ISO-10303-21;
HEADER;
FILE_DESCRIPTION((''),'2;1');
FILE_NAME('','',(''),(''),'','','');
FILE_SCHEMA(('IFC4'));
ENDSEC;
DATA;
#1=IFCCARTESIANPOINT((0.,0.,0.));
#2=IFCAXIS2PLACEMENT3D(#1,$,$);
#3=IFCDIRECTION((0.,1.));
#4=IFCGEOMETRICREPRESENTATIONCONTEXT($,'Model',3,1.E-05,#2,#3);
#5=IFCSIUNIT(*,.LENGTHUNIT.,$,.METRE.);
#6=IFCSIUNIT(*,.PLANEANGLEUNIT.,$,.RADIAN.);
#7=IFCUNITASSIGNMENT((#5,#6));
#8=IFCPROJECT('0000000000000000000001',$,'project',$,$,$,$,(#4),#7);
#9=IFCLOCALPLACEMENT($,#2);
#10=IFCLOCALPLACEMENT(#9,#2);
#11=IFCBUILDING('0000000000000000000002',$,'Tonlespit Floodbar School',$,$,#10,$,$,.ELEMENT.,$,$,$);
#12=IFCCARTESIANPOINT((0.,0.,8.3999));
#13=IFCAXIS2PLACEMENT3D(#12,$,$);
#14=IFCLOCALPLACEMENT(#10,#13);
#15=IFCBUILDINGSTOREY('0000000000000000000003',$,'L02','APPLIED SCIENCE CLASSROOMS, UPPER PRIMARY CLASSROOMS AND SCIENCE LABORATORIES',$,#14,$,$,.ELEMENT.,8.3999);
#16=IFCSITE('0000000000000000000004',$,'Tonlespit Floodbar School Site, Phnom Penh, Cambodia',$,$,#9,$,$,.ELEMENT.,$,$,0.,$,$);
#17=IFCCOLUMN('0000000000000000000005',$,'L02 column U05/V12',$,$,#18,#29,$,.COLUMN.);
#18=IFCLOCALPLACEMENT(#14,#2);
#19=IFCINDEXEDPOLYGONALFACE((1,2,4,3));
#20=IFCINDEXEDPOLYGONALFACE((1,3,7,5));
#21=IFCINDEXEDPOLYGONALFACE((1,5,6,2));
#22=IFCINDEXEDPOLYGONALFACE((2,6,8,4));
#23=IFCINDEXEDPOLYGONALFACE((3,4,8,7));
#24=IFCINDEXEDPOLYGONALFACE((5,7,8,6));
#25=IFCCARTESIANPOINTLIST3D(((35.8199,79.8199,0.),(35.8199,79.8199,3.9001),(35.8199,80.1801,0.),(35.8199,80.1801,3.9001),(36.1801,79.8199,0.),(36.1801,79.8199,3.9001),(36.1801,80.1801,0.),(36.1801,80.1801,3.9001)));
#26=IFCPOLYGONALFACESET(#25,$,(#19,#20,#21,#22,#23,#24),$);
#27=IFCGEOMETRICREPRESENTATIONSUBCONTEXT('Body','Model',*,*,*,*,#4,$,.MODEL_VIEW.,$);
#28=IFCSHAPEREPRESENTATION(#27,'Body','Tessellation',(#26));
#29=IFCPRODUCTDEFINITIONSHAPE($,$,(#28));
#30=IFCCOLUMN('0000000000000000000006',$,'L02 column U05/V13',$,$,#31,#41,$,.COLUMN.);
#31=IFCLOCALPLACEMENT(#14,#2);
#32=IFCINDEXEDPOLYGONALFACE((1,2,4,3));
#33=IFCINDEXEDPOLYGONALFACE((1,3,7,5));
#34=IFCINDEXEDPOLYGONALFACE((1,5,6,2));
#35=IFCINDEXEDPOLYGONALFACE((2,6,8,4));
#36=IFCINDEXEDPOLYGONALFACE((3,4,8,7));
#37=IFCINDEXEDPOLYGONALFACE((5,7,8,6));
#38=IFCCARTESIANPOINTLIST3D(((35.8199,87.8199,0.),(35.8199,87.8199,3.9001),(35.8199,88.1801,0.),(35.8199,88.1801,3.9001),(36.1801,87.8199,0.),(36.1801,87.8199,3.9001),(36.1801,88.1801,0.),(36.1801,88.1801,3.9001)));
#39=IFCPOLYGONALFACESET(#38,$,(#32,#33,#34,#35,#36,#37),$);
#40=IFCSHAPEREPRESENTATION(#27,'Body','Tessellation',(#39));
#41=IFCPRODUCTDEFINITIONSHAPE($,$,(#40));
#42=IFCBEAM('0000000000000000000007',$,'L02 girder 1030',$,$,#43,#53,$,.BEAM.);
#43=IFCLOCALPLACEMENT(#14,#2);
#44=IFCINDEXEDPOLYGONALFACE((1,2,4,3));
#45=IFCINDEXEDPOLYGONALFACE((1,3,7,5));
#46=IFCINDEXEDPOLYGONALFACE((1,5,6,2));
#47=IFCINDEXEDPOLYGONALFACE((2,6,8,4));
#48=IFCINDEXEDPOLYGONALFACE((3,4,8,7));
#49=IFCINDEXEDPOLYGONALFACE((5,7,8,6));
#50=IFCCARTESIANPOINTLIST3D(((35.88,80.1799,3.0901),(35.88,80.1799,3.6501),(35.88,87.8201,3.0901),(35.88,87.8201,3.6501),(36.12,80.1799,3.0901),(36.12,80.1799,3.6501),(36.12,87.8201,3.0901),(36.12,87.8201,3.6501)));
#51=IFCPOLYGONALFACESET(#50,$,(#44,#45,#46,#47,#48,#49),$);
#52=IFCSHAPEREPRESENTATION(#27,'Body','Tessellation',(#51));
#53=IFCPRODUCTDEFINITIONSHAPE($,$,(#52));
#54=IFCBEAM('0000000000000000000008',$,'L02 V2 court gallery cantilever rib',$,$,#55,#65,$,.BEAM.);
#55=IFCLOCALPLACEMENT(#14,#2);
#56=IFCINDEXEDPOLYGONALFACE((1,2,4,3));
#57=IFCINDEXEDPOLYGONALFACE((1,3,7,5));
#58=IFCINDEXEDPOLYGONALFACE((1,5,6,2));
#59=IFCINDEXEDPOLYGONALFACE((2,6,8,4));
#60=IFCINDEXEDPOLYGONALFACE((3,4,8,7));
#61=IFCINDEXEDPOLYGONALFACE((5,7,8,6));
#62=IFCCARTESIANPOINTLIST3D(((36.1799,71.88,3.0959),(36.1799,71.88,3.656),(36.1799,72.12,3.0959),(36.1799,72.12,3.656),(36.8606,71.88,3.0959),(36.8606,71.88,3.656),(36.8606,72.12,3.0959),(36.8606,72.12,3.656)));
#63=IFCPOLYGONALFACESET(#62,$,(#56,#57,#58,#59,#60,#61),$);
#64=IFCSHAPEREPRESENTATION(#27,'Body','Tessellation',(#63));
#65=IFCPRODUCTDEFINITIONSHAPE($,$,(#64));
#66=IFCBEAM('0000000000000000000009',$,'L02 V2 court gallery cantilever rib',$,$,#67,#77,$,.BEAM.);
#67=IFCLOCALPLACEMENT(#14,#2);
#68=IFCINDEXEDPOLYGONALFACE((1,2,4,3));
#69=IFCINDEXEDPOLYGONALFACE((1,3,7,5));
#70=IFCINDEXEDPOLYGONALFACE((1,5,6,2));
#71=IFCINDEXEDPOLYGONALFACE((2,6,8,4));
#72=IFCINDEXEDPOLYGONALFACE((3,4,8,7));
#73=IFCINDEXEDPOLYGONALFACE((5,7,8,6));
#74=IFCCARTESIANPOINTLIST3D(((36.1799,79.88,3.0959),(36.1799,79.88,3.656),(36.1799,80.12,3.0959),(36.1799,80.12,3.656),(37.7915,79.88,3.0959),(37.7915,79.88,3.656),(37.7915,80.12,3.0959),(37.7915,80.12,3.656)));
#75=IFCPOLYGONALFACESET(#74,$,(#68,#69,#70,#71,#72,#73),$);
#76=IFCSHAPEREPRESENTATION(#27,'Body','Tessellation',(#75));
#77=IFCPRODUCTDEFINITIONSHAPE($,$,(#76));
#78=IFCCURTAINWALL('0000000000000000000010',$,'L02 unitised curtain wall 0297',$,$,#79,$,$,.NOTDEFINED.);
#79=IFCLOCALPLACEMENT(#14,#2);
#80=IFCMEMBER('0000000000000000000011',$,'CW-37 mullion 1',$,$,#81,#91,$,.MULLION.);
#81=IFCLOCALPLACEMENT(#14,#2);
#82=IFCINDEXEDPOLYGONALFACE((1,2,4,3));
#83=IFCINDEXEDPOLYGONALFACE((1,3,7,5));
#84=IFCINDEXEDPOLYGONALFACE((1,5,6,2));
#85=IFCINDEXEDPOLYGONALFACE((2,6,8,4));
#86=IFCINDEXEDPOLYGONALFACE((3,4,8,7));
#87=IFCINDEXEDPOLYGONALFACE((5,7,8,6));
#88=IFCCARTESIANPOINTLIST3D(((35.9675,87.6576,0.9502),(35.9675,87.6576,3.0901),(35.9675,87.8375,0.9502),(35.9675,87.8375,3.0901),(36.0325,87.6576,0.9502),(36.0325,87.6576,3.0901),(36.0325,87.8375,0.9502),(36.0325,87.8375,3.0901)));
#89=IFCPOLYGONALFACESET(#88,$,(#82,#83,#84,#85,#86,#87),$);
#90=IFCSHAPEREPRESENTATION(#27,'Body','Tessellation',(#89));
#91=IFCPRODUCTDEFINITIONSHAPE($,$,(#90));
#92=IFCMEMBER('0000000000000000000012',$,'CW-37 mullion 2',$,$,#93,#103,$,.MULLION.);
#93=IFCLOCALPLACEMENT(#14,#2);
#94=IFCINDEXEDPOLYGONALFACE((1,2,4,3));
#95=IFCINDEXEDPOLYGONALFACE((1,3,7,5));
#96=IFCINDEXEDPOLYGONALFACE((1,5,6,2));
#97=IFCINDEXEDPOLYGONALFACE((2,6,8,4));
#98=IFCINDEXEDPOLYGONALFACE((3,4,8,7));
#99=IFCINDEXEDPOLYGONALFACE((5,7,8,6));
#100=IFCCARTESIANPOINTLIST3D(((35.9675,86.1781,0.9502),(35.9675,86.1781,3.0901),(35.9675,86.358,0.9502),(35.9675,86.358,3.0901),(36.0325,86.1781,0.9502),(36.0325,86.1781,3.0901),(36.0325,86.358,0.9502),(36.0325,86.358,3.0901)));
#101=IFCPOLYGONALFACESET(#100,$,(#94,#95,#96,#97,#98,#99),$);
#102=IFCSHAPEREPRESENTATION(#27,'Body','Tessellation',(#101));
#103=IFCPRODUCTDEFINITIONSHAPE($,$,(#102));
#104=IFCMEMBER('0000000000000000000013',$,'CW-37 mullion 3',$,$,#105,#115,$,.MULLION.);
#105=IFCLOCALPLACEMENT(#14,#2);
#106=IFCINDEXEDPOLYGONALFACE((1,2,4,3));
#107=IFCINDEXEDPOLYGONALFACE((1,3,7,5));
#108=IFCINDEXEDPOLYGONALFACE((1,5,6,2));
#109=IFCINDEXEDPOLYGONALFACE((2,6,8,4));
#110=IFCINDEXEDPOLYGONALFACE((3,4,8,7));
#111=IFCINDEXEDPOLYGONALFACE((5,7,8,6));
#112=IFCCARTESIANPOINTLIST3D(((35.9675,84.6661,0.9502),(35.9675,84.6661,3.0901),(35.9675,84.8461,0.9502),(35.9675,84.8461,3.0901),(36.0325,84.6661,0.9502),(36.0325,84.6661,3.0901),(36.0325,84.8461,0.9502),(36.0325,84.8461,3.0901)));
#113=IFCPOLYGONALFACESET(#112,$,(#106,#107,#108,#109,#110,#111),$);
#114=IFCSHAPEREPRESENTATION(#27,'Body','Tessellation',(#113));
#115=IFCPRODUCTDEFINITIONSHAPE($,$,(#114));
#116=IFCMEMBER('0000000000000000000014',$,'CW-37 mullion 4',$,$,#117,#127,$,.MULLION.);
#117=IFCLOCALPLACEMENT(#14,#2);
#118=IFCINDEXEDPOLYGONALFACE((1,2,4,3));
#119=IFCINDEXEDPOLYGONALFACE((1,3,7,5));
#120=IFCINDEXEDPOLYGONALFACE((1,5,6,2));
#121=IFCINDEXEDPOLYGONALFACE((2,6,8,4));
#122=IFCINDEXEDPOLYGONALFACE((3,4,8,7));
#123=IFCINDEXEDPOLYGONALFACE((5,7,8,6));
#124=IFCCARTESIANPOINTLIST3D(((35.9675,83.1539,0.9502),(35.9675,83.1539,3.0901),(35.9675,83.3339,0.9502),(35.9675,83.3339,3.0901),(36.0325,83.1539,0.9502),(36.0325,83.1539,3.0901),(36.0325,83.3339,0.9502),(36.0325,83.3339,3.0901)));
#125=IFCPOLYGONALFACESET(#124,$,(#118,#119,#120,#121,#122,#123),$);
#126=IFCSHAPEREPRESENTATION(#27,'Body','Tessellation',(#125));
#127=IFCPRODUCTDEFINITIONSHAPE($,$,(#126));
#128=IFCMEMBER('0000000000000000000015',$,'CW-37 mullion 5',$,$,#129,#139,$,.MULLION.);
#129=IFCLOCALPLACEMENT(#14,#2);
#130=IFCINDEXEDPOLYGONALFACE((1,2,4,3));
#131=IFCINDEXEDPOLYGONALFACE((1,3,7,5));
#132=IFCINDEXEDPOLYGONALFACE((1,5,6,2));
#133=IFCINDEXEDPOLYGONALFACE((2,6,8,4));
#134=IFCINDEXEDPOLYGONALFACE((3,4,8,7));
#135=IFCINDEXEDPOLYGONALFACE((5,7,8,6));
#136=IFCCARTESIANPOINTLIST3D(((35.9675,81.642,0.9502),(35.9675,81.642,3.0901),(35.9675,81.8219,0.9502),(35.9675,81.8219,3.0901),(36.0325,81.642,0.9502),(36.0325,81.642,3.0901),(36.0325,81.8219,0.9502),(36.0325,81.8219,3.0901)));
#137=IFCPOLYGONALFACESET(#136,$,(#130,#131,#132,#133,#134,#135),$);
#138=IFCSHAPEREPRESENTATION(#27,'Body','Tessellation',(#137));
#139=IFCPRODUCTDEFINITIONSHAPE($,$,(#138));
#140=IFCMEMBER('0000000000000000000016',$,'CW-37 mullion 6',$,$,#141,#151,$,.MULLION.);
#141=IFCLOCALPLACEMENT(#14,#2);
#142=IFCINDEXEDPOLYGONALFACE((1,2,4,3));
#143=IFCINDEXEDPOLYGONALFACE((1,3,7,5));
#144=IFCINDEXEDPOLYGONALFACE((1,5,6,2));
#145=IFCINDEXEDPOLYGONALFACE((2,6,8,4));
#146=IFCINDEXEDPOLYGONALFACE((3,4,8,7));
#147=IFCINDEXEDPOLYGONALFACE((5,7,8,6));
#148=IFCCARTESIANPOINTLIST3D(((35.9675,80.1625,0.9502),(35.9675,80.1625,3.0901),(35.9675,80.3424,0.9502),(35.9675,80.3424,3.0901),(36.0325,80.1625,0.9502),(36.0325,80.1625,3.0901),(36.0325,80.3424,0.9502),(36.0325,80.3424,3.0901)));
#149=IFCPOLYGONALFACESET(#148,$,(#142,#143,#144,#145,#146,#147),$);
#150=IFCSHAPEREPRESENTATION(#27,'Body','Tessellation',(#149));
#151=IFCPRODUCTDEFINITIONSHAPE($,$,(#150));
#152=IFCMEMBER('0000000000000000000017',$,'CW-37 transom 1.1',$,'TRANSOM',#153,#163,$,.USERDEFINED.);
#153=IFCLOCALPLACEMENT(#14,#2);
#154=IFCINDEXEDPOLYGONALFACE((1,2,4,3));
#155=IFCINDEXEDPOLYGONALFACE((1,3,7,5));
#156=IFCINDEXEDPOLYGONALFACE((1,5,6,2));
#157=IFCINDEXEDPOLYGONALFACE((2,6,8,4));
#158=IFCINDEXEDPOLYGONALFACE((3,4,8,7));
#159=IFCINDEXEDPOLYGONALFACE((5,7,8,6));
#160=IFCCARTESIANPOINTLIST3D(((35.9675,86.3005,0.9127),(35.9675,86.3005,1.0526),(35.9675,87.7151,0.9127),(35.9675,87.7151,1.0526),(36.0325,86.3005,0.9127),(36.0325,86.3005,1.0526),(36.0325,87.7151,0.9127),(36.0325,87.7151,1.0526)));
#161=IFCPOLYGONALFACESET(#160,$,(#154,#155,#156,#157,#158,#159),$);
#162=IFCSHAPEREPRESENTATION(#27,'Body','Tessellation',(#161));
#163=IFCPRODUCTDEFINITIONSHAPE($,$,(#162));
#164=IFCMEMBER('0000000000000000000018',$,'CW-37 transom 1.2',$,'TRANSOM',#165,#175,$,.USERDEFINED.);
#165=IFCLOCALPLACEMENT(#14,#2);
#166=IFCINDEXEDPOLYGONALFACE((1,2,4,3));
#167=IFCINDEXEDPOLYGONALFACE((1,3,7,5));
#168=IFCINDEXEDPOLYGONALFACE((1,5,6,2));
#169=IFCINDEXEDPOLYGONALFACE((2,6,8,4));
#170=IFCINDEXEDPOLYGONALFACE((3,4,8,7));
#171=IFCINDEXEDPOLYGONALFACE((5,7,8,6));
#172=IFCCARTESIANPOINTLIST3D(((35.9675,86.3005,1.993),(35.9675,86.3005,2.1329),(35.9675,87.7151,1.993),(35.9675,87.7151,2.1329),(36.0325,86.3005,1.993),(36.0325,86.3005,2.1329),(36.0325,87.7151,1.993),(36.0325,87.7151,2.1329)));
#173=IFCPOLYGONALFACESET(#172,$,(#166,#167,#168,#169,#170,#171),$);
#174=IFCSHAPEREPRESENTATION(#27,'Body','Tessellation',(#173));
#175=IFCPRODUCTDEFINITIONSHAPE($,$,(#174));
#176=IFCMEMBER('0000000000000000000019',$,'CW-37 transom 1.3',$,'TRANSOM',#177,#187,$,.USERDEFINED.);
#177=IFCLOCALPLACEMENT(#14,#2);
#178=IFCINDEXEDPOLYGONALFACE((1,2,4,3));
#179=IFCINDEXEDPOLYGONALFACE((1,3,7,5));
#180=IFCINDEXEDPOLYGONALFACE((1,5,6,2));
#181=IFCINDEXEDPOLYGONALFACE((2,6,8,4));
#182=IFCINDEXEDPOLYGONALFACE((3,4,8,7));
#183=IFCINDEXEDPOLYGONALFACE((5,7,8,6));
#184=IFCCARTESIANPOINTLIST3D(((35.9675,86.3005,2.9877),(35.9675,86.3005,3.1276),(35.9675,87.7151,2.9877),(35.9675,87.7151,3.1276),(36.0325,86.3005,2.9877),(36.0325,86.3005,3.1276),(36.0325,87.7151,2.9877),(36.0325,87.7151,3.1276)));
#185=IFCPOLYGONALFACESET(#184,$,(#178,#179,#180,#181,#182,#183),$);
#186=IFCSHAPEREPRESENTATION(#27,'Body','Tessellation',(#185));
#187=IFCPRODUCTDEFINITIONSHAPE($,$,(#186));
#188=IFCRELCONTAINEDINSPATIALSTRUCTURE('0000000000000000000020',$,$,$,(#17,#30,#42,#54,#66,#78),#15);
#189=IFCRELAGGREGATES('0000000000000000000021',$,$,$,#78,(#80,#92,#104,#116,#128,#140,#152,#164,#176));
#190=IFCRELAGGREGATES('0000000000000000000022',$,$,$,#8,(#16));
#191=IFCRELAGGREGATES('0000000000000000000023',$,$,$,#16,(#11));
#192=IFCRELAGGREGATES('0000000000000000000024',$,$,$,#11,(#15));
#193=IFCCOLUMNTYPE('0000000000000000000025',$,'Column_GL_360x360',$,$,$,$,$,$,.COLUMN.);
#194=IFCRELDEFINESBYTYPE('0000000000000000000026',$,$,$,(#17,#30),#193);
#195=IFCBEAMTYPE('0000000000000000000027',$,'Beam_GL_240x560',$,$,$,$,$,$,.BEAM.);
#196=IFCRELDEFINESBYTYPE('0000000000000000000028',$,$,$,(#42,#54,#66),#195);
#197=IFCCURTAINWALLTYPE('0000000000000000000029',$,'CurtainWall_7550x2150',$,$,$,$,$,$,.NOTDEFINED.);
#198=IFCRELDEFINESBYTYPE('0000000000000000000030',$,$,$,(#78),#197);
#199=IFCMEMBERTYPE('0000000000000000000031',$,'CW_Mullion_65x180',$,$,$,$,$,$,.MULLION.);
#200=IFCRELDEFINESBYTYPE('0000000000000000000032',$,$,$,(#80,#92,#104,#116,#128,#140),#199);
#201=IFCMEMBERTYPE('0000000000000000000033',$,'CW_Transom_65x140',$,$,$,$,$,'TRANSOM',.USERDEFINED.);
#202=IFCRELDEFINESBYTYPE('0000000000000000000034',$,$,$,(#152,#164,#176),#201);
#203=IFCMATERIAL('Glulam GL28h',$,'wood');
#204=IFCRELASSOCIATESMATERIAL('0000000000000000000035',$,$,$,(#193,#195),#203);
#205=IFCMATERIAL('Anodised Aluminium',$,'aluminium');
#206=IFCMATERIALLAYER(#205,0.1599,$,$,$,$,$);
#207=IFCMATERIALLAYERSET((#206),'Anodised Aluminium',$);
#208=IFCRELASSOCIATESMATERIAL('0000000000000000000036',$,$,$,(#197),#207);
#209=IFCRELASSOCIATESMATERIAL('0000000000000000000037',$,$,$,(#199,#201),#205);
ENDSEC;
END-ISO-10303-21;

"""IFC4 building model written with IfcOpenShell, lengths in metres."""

from ifc_helpers import new_model, si_unit, direction, frame, origin, origin_2d, place, context, subcontext, project, spatial, rectangle, extrude, material, layer, layer_set, material_profile, profile_set, type_object, element, aggregate, save


model = new_model("IFC4")

# Units and contexts
model_context = context("Model", 3, precision=1e-05, world=origin(), true_north=direction((0.0, 1.0)))
body_context = subcontext(model_context, "Body", "Model", "MODEL_VIEW")
ifc_project = project(units=[si_unit("LENGTHUNIT", "METRE"), si_unit("PLANEANGLEUNIT", "RADIAN")], contexts=[model_context])

# Site, building, storey
site_placement = place(None, origin())
site = spatial("IfcSite", under=ifc_project, at=site_placement, Name="Tonlespit Floodbar School Site, Phnom Penh, Cambodia", CompositionType="ELEMENT", RefElevation=0.0)
building_placement = place(site_placement, origin())
building = spatial("IfcBuilding", under=site, at=building_placement, Name="Tonlespit Floodbar School", CompositionType="ELEMENT")
storey_placement = place(building_placement, frame((0.0, 0.0, 8.3999)))
storey = spatial("IfcBuildingStorey", under=building, at=storey_placement, Name="L02", Description="APPLIED SCIENCE CLASSROOMS, UPPER PRIMARY CLASSROOMS AND SCIENCE LABORATORIES", CompositionType="ELEMENT", Elevation=8.3999)

# Columns
ifc_material_1 = material(Name="Glulam GL28h", Category="wood")
ifc_material_profile_1 = material_profile(ifc_material_1, rectangle(XDim=0.3601, YDim=0.3601, at=origin_2d()), Name="GL 360x360")
ifc_profile_set_1 = profile_set([ifc_material_profile_1], Name="Glulam GL28h")
column_type = type_object("IfcColumnType", Name="Column_GL_360x360", PredefinedType="COLUMN", material=ifc_profile_set_1)
for number, where, z_axis, x_axis, name in (
    (1, (36.0, 80.0, 0.0), (0.0, 0.0, 1.0), (1.0, 0.0, 0.0), "L02 column U05/V12"),
    (2, (36.0, 88.0, 0.0), (0.0, 0.0, 1.0), (1.0, 0.0, 0.0), "L02 column U05/V13"),
):
    element("IfcColumn", number, at=place(storey_placement, frame(where, z_axis=z_axis, x_axis=x_axis)), inside=storey, type_object=column_type, Name=name, PredefinedType="COLUMN", context=body_context, shape_type="SweptSolid", body=[
        extrude(rectangle(XDim=0.3601, YDim=0.3601, at=origin_2d()), origin(), (0.0, 0.0, 1.0), 3.9001),
    ])

# Beams
ifc_material_profile_2 = material_profile(ifc_material_1, rectangle(XDim=0.24, YDim=0.5601, at=origin_2d()), Name="GL 240x560")
ifc_profile_set_2 = profile_set([ifc_material_profile_2], Name="Glulam GL28h")
beam_type = type_object("IfcBeamType", Name="Beam_GL_240x560", PredefinedType="BEAM", material=ifc_profile_set_2)
beam_1_placement = place(storey_placement, frame((36.0, 80.1799, 3.3701), z_axis=(0.0, 1.0, 0.0), x_axis=(-1.0, 0.0, 0.0)))
element("IfcBeam", 3, at=beam_1_placement, inside=storey, type_object=beam_type, Name="L02 girder 1030", PredefinedType="BEAM", context=body_context, shape_type="SweptSolid", body=[
    extrude(rectangle(XDim=0.24, YDim=0.5601, at=origin_2d()), origin(), (0.0, 0.0, 1.0), 7.6401),
])
beam_2_placement = place(storey_placement, frame((36.1799, 72.0, 3.376), z_axis=(1.0, 0.0, 0.0), x_axis=(0.0, 1.0, 0.0)))
element("IfcBeam", 4, at=beam_2_placement, inside=storey, type_object=beam_type, Name="L02 V2 court gallery cantilever rib", PredefinedType="BEAM", context=body_context, shape_type="SweptSolid", body=[
    extrude(rectangle(XDim=0.24, YDim=0.5601, at=origin_2d()), origin(), (0.0, 0.0, 1.0), 0.6807),
])
beam_3_placement = place(storey_placement, frame((36.1799, 80.0, 3.376), z_axis=(1.0, 0.0, 0.0), x_axis=(0.0, 1.0, 0.0)))
element("IfcBeam", 5, at=beam_3_placement, inside=storey, type_object=beam_type, Name="L02 V2 court gallery cantilever rib", PredefinedType="BEAM", context=body_context, shape_type="SweptSolid", body=[
    extrude(rectangle(XDim=0.24, YDim=0.5601, at=origin_2d()), origin(), (0.0, 0.0, 1.0), 1.6116),
])

# Curtain wall, members
ifc_material_2 = material(Name="Anodised Aluminium", Category="aluminium")
ifc_layer_1 = layer(ifc_material_2, 0.1599)
ifc_layer_set_1 = layer_set([ifc_layer_1], Name="Anodised Aluminium")
curtain_wall_type = type_object("IfcCurtainWallType", Name="CurtainWall_7550x2150", PredefinedType="NOTDEFINED", material=ifc_layer_set_1)
curtain_wall_placement = place(storey_placement, origin())
curtain_wall = element("IfcCurtainWall", 6, at=curtain_wall_placement, inside=storey, type_object=curtain_wall_type, Name="L02 unitised curtain wall 0297", PredefinedType="NOTDEFINED")
ifc_material_profile_3 = material_profile(ifc_material_2, rectangle(XDim=0.0649, YDim=0.1799, at=origin_2d()), Name="ALU M65x180")
ifc_profile_set_3 = profile_set([ifc_material_profile_3], Name="Anodised Aluminium")
member_type_1 = type_object("IfcMemberType", Name="CW_Mullion_65x180", PredefinedType="MULLION", material=ifc_profile_set_3)
member_1_placement = place(storey_placement, frame((36.0, 87.7476, 0.9502), z_axis=(0.0, 0.0, 1.0), x_axis=(1.0, 0.0, 0.0)))
member_1 = element("IfcMember", 7, at=member_1_placement, type_object=member_type_1, Name="CW-37 mullion 1", PredefinedType="MULLION", context=body_context, shape_type="SweptSolid", body=[
    extrude(rectangle(XDim=0.0649, YDim=0.1799, at=origin_2d()), origin(), (0.0, 0.0, 1.0), 2.1399),
])
member_2_placement = place(storey_placement, frame((36.0, 86.2681, 0.9502), z_axis=(0.0, 0.0, 1.0), x_axis=(1.0, 0.0, 0.0)))
member_2 = element("IfcMember", 8, at=member_2_placement, type_object=member_type_1, Name="CW-37 mullion 2", PredefinedType="MULLION", context=body_context, shape_type="SweptSolid", body=[
    extrude(rectangle(XDim=0.0649, YDim=0.1799, at=origin_2d()), origin(), (0.0, 0.0, 1.0), 2.1399),
])
member_3_placement = place(storey_placement, frame((36.0, 84.7561, 0.9502), z_axis=(0.0, 0.0, 1.0), x_axis=(1.0, 0.0, 0.0)))
member_3 = element("IfcMember", 9, at=member_3_placement, type_object=member_type_1, Name="CW-37 mullion 3", PredefinedType="MULLION", context=body_context, shape_type="SweptSolid", body=[
    extrude(rectangle(XDim=0.0649, YDim=0.1799, at=origin_2d()), origin(), (0.0, 0.0, 1.0), 2.1399),
])
member_4_placement = place(storey_placement, frame((36.0, 83.2439, 0.9502), z_axis=(0.0, 0.0, 1.0), x_axis=(1.0, 0.0, 0.0)))
member_4 = element("IfcMember", 10, at=member_4_placement, type_object=member_type_1, Name="CW-37 mullion 4", PredefinedType="MULLION", context=body_context, shape_type="SweptSolid", body=[
    extrude(rectangle(XDim=0.0649, YDim=0.1799, at=origin_2d()), origin(), (0.0, 0.0, 1.0), 2.1399),
])
member_5_placement = place(storey_placement, frame((36.0, 81.7319, 0.9502), z_axis=(0.0, 0.0, 1.0), x_axis=(1.0, 0.0, 0.0)))
member_5 = element("IfcMember", 11, at=member_5_placement, type_object=member_type_1, Name="CW-37 mullion 5", PredefinedType="MULLION", context=body_context, shape_type="SweptSolid", body=[
    extrude(rectangle(XDim=0.0649, YDim=0.1799, at=origin_2d()), origin(), (0.0, 0.0, 1.0), 2.1399),
])
member_6_placement = place(storey_placement, frame((36.0, 80.2524, 0.9502), z_axis=(0.0, 0.0, 1.0), x_axis=(1.0, 0.0, 0.0)))
member_6 = element("IfcMember", 12, at=member_6_placement, type_object=member_type_1, Name="CW-37 mullion 6", PredefinedType="MULLION", context=body_context, shape_type="SweptSolid", body=[
    extrude(rectangle(XDim=0.0649, YDim=0.1799, at=origin_2d()), origin(), (0.0, 0.0, 1.0), 2.1399),
])
ifc_material_profile_4 = material_profile(ifc_material_2, rectangle(XDim=0.0649, YDim=0.1399, at=origin_2d()), Name="ALU T65x140")
ifc_profile_set_4 = profile_set([ifc_material_profile_4], Name="Anodised Aluminium")
member_type_2 = type_object("IfcMemberType", Name="CW_Transom_65x140", ElementType="TRANSOM", PredefinedType="USERDEFINED", material=ifc_profile_set_4)
member_7_placement = place(storey_placement, frame((36.0, 87.7151, 0.9827), z_axis=(0.0, -1.0, 0.0), x_axis=(1.0, 0.0, 0.0)))
member_7 = element("IfcMember", 13, at=member_7_placement, type_object=member_type_2, Name="CW-37 transom 1.1", ObjectType="TRANSOM", PredefinedType="USERDEFINED", context=body_context, shape_type="SweptSolid", body=[
    extrude(rectangle(XDim=0.0649, YDim=0.1399, at=origin_2d()), origin(), (0.0, 0.0, 1.0), 1.4146),
])
member_8_placement = place(storey_placement, frame((36.0, 87.7151, 2.063), z_axis=(0.0, -1.0, 0.0), x_axis=(1.0, 0.0, 0.0)))
member_8 = element("IfcMember", 14, at=member_8_placement, type_object=member_type_2, Name="CW-37 transom 1.2", ObjectType="TRANSOM", PredefinedType="USERDEFINED", context=body_context, shape_type="SweptSolid", body=[
    extrude(rectangle(XDim=0.0649, YDim=0.1399, at=origin_2d()), origin(), (0.0, 0.0, 1.0), 1.4146),
])
member_9_placement = place(storey_placement, frame((36.0, 87.7151, 3.0576), z_axis=(0.0, -1.0, 0.0), x_axis=(1.0, 0.0, 0.0)))
member_9 = element("IfcMember", 15, at=member_9_placement, type_object=member_type_2, Name="CW-37 transom 1.3", ObjectType="TRANSOM", PredefinedType="USERDEFINED", context=body_context, shape_type="SweptSolid", body=[
    extrude(rectangle(XDim=0.0649, YDim=0.1399, at=origin_2d()), origin(), (0.0, 0.0, 1.0), 1.4146),
])
aggregate(curtain_wall, [member_1, member_2, member_3, member_4, member_5, member_6, member_7, member_8, member_9])

save(model, "model.ifc")
